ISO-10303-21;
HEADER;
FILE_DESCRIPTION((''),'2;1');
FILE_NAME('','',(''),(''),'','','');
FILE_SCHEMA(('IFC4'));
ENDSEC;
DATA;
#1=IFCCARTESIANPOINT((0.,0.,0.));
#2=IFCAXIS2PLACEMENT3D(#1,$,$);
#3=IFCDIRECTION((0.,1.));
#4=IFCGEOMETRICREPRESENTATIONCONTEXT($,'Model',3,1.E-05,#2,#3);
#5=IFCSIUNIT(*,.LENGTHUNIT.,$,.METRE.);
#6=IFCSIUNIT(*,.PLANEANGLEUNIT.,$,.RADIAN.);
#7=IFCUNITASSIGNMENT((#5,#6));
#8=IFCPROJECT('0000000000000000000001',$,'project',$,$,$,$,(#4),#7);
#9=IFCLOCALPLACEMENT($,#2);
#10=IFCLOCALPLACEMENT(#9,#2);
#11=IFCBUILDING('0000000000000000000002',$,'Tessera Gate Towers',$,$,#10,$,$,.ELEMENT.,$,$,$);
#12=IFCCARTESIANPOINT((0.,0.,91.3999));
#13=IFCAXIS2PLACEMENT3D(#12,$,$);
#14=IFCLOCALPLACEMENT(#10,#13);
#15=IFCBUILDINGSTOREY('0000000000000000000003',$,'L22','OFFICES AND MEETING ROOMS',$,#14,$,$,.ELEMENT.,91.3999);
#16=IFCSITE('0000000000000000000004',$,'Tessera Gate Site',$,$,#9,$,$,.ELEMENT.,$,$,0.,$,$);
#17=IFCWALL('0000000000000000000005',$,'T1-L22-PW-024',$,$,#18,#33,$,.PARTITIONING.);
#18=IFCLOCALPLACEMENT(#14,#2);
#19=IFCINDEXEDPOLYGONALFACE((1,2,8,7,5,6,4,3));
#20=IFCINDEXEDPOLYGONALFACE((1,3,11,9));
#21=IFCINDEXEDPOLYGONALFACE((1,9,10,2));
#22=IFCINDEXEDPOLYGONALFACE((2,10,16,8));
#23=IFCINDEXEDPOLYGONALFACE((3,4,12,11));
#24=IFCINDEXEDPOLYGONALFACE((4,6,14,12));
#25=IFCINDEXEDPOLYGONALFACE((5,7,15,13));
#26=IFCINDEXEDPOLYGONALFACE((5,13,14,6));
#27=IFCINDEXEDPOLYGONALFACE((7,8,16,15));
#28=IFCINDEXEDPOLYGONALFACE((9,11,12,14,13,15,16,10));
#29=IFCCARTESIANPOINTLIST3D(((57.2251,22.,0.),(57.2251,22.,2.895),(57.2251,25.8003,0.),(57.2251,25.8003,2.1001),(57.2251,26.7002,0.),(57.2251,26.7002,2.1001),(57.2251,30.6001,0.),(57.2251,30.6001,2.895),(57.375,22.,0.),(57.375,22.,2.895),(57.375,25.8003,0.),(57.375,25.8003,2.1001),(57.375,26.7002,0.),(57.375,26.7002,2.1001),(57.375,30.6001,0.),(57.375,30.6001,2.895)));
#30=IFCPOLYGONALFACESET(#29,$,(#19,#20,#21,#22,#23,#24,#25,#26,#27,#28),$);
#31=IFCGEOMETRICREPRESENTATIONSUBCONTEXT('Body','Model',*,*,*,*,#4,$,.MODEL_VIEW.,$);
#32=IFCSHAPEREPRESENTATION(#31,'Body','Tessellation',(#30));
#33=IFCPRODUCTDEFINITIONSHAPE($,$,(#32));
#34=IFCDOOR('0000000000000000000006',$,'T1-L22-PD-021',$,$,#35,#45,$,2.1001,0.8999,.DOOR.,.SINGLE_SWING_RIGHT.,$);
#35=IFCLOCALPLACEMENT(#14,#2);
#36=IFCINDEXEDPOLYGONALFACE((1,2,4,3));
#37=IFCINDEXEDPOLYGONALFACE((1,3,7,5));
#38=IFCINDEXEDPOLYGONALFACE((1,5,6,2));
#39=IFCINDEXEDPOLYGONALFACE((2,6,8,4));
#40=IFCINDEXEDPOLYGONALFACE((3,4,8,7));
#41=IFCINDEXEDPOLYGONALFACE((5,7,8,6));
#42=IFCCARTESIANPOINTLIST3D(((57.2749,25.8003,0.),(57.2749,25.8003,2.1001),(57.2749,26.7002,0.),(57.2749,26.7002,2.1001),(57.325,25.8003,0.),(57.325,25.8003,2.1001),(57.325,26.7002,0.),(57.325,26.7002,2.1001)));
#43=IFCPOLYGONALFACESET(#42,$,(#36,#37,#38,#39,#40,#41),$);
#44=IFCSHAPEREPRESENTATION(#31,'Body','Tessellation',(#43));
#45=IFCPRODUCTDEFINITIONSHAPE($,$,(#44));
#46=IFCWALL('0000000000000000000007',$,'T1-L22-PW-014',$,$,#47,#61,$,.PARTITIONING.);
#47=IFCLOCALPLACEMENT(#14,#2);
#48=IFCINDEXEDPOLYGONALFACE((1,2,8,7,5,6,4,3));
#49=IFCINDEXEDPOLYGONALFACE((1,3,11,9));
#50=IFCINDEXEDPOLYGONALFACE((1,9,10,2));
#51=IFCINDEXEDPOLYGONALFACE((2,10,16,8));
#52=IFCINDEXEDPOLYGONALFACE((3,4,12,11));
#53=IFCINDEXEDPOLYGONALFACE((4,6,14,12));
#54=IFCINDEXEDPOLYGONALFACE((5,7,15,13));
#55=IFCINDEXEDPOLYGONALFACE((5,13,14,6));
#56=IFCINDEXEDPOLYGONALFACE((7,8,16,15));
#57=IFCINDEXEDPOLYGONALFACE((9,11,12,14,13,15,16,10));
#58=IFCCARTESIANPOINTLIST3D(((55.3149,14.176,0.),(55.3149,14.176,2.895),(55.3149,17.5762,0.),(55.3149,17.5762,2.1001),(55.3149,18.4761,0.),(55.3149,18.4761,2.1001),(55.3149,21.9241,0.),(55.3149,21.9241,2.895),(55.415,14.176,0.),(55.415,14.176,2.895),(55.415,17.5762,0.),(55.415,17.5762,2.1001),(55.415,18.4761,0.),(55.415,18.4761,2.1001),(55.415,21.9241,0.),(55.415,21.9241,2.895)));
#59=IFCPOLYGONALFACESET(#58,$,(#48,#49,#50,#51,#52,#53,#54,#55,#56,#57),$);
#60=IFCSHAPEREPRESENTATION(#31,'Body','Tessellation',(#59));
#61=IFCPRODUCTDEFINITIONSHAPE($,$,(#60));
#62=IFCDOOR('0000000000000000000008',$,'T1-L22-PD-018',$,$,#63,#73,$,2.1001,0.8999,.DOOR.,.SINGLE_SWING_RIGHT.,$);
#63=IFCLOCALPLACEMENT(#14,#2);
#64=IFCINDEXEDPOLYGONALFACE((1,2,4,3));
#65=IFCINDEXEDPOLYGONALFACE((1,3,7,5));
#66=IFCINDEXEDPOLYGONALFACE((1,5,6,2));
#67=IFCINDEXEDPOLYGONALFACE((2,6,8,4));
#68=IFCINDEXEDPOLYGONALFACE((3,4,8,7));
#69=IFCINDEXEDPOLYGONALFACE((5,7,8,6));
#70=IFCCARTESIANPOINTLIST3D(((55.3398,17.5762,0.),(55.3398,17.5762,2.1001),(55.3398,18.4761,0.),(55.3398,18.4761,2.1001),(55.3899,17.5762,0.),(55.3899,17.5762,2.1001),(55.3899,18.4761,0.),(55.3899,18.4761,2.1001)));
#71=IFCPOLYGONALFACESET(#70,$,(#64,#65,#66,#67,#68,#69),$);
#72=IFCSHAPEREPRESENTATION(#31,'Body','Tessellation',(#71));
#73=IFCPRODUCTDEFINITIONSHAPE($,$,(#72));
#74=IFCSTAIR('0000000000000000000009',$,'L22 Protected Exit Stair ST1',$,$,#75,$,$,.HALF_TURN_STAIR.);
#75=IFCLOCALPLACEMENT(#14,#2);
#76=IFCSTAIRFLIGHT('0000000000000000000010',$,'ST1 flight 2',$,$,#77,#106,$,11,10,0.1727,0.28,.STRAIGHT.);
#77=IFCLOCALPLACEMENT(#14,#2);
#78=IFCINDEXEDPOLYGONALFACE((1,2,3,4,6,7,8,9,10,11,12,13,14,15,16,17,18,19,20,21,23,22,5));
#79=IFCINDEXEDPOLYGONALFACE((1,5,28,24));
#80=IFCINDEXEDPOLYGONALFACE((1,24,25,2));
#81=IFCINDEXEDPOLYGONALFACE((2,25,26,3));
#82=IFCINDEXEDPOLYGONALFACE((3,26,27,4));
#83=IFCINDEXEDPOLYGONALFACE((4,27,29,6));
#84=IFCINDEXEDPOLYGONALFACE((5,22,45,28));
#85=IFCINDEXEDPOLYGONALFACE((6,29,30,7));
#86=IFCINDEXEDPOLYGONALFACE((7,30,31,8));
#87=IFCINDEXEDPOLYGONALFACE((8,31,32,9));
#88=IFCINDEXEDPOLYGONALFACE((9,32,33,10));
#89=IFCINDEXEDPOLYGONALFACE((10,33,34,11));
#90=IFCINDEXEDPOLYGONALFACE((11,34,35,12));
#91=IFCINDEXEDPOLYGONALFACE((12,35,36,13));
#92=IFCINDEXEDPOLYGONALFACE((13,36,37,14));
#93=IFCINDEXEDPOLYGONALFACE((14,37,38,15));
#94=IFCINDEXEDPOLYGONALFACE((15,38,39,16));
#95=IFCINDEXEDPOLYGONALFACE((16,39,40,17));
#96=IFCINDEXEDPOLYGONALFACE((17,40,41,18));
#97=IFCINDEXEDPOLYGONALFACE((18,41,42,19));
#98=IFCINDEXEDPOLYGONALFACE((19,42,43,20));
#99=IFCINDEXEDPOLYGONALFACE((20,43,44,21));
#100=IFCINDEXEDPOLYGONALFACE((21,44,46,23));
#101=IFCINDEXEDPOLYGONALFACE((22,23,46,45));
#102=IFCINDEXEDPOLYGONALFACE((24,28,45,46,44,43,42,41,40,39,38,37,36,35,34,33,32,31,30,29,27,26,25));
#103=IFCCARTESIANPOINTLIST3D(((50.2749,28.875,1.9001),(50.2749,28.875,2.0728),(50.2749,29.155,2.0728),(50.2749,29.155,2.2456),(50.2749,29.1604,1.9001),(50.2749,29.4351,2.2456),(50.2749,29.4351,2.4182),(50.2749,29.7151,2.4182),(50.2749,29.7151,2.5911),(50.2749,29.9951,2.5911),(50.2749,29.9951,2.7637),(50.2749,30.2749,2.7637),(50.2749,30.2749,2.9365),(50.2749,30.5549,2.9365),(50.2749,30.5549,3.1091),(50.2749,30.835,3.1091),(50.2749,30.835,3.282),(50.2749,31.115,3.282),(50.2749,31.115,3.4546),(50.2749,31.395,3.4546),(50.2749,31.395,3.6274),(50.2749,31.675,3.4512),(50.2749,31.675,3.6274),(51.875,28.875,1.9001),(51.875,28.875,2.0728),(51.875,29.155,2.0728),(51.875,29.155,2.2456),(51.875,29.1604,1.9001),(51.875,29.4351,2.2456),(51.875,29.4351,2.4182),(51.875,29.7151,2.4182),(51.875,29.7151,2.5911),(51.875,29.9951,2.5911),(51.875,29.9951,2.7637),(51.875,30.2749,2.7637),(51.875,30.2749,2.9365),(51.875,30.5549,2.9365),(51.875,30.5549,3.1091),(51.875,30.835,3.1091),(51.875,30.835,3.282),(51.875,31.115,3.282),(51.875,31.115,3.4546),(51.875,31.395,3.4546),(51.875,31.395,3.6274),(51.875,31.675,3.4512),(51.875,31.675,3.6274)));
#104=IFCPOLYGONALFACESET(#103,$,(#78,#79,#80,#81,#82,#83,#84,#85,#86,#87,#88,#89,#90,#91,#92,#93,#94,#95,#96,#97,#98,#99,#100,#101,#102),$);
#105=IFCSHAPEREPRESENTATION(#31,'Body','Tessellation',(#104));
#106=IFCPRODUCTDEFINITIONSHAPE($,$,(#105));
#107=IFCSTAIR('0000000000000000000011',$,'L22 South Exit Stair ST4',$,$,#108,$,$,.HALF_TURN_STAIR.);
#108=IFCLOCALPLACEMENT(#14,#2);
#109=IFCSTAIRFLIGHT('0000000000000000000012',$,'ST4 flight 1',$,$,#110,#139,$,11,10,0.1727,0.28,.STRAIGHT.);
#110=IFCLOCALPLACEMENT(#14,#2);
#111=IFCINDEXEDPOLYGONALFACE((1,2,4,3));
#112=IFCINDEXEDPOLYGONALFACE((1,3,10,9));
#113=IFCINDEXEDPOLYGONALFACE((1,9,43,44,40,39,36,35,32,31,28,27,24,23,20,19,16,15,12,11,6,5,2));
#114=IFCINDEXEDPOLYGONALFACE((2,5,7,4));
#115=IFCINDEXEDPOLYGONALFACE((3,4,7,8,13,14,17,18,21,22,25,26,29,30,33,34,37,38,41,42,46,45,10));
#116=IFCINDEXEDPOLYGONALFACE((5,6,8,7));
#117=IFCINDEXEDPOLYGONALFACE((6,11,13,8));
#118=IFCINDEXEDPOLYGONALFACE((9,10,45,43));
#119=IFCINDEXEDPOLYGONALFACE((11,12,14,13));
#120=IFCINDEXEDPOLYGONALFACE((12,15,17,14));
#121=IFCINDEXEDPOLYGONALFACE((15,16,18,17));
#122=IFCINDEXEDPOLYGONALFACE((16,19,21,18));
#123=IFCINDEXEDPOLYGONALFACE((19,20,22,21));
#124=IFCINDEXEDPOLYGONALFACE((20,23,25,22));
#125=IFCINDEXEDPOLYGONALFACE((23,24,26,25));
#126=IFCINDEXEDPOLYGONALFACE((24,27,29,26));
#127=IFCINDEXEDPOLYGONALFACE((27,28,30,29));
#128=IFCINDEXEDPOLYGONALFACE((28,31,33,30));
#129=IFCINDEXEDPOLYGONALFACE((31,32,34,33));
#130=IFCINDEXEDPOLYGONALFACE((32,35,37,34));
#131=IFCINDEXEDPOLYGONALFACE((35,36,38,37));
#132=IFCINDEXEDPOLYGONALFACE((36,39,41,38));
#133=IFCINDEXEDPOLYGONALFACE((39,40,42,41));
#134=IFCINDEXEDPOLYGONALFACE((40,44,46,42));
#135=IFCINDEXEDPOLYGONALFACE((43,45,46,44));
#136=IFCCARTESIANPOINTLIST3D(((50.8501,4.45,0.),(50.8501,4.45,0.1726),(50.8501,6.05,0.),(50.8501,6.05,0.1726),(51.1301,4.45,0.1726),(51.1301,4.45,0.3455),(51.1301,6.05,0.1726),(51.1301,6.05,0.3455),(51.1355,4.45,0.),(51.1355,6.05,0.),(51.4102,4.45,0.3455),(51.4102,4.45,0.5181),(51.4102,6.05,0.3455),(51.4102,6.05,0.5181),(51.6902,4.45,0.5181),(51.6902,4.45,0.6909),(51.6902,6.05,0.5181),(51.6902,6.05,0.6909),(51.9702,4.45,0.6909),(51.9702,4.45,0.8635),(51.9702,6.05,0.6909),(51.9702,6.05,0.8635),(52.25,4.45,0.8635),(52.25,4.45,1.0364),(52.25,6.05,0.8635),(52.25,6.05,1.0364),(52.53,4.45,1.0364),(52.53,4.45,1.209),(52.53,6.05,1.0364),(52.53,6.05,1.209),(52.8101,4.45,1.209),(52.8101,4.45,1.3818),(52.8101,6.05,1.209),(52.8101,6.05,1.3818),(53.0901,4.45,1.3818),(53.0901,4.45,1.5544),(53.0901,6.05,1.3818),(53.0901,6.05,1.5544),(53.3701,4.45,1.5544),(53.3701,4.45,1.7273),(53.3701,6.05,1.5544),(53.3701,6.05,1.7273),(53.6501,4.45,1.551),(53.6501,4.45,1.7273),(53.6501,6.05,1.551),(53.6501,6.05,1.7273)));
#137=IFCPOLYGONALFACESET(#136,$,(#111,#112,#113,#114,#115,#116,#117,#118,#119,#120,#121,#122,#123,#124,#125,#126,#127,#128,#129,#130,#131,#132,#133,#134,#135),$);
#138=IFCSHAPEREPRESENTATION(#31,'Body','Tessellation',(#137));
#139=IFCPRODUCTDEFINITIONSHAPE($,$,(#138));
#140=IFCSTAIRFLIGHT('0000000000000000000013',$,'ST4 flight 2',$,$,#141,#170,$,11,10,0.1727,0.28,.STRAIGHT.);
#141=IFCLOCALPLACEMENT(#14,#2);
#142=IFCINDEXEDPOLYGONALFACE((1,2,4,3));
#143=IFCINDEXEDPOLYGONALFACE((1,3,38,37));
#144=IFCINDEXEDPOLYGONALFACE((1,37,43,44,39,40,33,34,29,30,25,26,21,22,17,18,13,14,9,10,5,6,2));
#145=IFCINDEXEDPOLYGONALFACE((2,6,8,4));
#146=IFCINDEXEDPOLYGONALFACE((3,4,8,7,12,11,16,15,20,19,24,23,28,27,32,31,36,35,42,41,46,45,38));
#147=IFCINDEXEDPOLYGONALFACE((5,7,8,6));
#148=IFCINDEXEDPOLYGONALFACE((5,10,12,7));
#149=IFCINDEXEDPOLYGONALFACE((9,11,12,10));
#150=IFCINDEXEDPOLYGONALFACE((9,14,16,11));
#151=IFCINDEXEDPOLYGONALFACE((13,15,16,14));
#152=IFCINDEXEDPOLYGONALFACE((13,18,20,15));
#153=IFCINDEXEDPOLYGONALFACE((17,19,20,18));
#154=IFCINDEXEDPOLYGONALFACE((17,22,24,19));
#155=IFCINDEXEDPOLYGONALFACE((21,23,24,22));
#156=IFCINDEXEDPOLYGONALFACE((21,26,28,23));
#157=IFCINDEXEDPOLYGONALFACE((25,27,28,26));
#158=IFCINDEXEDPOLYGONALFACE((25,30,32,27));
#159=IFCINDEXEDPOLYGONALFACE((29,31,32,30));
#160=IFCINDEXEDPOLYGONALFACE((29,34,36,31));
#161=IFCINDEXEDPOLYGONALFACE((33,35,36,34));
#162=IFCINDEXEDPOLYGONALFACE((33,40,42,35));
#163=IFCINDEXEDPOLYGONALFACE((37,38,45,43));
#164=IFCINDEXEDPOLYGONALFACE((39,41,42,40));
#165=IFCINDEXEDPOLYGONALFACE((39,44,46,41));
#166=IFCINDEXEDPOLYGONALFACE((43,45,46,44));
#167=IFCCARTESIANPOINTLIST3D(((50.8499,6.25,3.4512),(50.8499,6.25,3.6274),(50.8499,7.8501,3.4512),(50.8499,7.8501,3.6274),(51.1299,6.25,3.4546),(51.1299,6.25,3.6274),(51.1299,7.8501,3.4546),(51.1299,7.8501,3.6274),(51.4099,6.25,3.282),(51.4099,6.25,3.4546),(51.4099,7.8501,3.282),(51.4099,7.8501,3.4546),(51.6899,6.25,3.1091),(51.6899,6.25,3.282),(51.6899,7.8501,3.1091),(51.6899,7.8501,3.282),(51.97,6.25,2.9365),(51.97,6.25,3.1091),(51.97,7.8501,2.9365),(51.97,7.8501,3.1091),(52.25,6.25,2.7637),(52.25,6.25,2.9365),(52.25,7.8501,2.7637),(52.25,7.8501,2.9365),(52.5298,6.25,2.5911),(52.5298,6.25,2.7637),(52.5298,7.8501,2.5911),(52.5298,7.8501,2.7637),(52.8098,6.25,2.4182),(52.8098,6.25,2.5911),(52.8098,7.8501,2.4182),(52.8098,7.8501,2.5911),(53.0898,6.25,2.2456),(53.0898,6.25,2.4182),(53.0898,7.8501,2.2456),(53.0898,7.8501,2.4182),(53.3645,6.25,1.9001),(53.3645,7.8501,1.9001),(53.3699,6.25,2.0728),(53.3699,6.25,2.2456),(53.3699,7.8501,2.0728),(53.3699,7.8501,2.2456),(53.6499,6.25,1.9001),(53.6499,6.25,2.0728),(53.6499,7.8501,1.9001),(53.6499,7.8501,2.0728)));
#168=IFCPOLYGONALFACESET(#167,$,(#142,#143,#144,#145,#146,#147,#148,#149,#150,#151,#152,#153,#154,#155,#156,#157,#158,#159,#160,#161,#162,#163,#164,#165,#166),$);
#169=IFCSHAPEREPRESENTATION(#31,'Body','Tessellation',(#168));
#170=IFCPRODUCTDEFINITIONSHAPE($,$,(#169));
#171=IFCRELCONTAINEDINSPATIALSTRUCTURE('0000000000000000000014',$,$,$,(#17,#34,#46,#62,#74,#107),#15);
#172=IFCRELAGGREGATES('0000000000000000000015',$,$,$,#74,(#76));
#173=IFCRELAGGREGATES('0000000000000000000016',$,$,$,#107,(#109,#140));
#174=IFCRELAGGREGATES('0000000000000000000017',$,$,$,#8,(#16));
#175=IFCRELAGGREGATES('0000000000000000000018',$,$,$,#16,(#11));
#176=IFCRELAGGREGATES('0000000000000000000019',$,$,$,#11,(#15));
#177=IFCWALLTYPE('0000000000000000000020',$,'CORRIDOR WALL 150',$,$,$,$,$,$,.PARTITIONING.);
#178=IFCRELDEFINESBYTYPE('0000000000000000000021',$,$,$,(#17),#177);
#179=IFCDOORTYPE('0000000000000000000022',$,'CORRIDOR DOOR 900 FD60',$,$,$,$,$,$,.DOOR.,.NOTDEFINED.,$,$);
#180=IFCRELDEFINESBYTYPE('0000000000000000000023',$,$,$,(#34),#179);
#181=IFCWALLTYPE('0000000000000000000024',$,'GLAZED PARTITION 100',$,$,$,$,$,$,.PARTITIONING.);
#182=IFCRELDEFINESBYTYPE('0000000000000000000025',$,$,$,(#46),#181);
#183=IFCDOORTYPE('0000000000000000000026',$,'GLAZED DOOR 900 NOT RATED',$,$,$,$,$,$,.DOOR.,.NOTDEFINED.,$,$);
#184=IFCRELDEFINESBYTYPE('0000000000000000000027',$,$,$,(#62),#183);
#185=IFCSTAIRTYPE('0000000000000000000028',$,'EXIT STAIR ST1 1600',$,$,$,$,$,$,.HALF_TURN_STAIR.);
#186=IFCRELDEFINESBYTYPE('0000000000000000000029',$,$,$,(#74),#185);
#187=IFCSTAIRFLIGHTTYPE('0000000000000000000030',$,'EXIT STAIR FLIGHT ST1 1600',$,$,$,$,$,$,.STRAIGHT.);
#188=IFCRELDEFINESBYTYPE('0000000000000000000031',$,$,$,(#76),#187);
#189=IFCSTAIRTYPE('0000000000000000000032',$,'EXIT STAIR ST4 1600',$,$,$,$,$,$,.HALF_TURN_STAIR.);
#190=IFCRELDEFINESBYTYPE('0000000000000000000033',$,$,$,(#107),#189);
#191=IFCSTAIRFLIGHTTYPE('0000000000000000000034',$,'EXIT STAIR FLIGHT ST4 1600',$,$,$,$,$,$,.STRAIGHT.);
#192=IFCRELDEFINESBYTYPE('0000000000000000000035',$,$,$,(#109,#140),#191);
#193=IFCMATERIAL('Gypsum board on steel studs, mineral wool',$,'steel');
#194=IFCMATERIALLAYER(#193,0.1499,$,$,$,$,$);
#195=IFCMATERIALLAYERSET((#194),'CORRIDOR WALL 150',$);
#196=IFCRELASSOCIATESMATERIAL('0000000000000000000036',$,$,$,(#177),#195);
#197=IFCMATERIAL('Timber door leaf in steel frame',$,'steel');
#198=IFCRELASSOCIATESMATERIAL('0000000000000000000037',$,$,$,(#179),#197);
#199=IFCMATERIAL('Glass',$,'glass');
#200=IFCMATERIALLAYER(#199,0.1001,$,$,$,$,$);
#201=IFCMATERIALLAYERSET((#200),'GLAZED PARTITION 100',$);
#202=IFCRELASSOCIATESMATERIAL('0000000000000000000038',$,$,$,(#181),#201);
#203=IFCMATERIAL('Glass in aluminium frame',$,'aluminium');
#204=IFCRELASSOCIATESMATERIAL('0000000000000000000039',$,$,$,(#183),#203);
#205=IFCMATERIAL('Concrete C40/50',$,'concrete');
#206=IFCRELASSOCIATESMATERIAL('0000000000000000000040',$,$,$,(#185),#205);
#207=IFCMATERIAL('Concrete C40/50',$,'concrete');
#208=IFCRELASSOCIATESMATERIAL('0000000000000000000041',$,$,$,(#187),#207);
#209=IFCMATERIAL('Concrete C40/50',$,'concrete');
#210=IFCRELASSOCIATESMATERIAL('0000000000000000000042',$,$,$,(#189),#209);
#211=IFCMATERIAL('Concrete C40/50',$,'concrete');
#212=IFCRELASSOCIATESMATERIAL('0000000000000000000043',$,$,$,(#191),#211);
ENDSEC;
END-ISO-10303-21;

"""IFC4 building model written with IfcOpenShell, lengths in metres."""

from ifc_helpers import new_model, si_unit, direction, frame, frame_2d, origin, place, context, subcontext, project, spatial, polyline, rectangle, outline, extrude, source, transform, mapped, material, layer, layer_set, type_object, element, fill, aggregate, save


model = new_model("IFC4")

# Units and contexts
model_context = context("Model", 3, precision=1e-05, world=origin(), true_north=direction((0.0, 1.0)))
body_context = subcontext(model_context, "Body", "Model", "MODEL_VIEW")
ifc_project = project(units=[si_unit("LENGTHUNIT", "METRE"), si_unit("PLANEANGLEUNIT", "RADIAN")], contexts=[model_context])

# Site, building, storey
site_placement = place(None, origin())
site = spatial("IfcSite", under=ifc_project, at=site_placement, Name="Tessera Gate Site", CompositionType="ELEMENT", RefElevation=0.0)
building_placement = place(site_placement, origin())
building = spatial("IfcBuilding", under=site, at=building_placement, Name="Tessera Gate Towers", CompositionType="ELEMENT")
storey_placement = place(building_placement, frame((0.0, 0.0, 91.3999)))
storey = spatial("IfcBuildingStorey", under=building, at=storey_placement, Name="L22", Description="OFFICES AND MEETING ROOMS", CompositionType="ELEMENT", Elevation=91.3999)

# Walls, openings, doors
ifc_material_1 = material(Name="Gypsum board on steel studs, mineral wool", Category="steel")
ifc_layer_1 = layer(ifc_material_1, 0.1499)
ifc_layer_set_1 = layer_set([ifc_layer_1], Name="CORRIDOR WALL 150")
wall_type_1 = type_object("IfcWallType", Name="CORRIDOR WALL 150", PredefinedType="PARTITIONING", material=ifc_layer_set_1)
wall_1_placement = place(storey_placement, frame((57.3, 30.6001, 0.0), z_axis=(0.0, 0.0, 1.0), x_axis=(0.0, -1.0, 0.0)))
wall_1 = element("IfcWall", 1, at=wall_1_placement, inside=storey, type_object=wall_type_1, Name="T1-L22-PW-024", PredefinedType="PARTITIONING", context=body_context, shape_type="SweptSolid", body=[
    extrude(rectangle(XDim=8.6001, YDim=0.1499, at=frame_2d((4.3, 0.0))), origin(), (0.0, 0.0, 1.0), 2.895),
])
shared_shape_1 = source(origin(), body_context, "Body", "SweptSolid", [
    extrude(rectangle(XDim=0.8999, YDim=2.1001, at=frame_2d((0.45, 1.05))), frame((0.0, 0.085, 0.0), z_axis=(0.0, -1.0, 0.0), x_axis=(1.0, 0.0, 0.0)), (0.0, 0.0, 1.0), 0.1699),
])
opening_1_placement = place(wall_1_placement, frame((3.8999, 0.0, 0.0)))
opening_1 = element("IfcOpeningElement", 2, at=opening_1_placement, cuts=wall_1, PredefinedType="OPENING", context=body_context, shape_type="MappedRepresentation", body=[
    mapped(shared_shape_1, transform((0.0, 0.0, 0.0), scale=1.0)),
])
ifc_material_2 = material(Name="Timber door leaf in steel frame", Category="steel")
door_type_1 = type_object("IfcDoorType", Name="CORRIDOR DOOR 900 FD60", OperationType="NOTDEFINED", PredefinedType="DOOR", material=ifc_material_2)
shared_shape_2 = source(origin(), body_context, "Body", "SweptSolid", [
    extrude(rectangle(XDim=0.8999, YDim=2.1001, at=frame_2d((0.45, 1.05))), frame((0.0, 0.0249, 0.0), z_axis=(0.0, -1.0, 0.0), x_axis=(1.0, 0.0, 0.0)), (0.0, 0.0, 1.0), 0.05),
])
door_1_placement = place(opening_1_placement, origin())
door_1 = element("IfcDoor", 3, at=door_1_placement, inside=storey, type_object=door_type_1, Name="T1-L22-PD-021", OperationType="SINGLE_SWING_RIGHT", OverallHeight=2.1001, OverallWidth=0.8999, PredefinedType="DOOR", context=body_context, shape_type="MappedRepresentation", body=[
    mapped(shared_shape_2, transform((0.0, 0.0, 0.0), scale=1.0)),
])
fill(opening_1, door_1)
ifc_material_3 = material(Name="Glass", Category="glass")
ifc_layer_2 = layer(ifc_material_3, 0.1001)
ifc_layer_set_2 = layer_set([ifc_layer_2], Name="GLAZED PARTITION 100")
wall_type_2 = type_object("IfcWallType", Name="GLAZED PARTITION 100", PredefinedType="PARTITIONING", material=ifc_layer_set_2)
wall_2_placement = place(storey_placement, frame((55.365, 21.9241, 0.0), z_axis=(0.0, 0.0, 1.0), x_axis=(0.0, -1.0, 0.0)))
wall_2 = element("IfcWall", 4, at=wall_2_placement, inside=storey, type_object=wall_type_2, Name="T1-L22-PW-014", PredefinedType="PARTITIONING", context=body_context, shape_type="SweptSolid", body=[
    extrude(rectangle(XDim=7.748, YDim=0.1001, at=frame_2d((3.874, 0.0))), origin(), (0.0, 0.0, 1.0), 2.895),
])
shared_shape_3 = source(origin(), body_context, "Body", "SweptSolid", [
    extrude(rectangle(XDim=0.8999, YDim=2.1001, at=frame_2d((0.45, 1.05))), frame((0.0, 0.0601, 0.0), z_axis=(0.0, -1.0, 0.0), x_axis=(1.0, 0.0, 0.0)), (0.0, 0.0, 1.0), 0.1201),
])
opening_2_placement = place(wall_2_placement, frame((3.448, 0.0, 0.0)))
opening_2 = element("IfcOpeningElement", 5, at=opening_2_placement, cuts=wall_2, PredefinedType="OPENING", context=body_context, shape_type="MappedRepresentation", body=[
    mapped(shared_shape_3, transform((0.0, 0.0, 0.0), scale=1.0)),
])
ifc_material_4 = material(Name="Glass in aluminium frame", Category="aluminium")
door_type_2 = type_object("IfcDoorType", Name="GLAZED DOOR 900 NOT RATED", OperationType="NOTDEFINED", PredefinedType="DOOR", material=ifc_material_4)
door_2_placement = place(opening_2_placement, origin())
door_2 = element("IfcDoor", 6, at=door_2_placement, inside=storey, type_object=door_type_2, Name="T1-L22-PD-018", OperationType="SINGLE_SWING_RIGHT", OverallHeight=2.1001, OverallWidth=0.8999, PredefinedType="DOOR", context=body_context, shape_type="MappedRepresentation", body=[
    mapped(shared_shape_2, transform((0.0, 0.0, 0.0), scale=1.0)),
])
fill(opening_2, door_2)

# Stair, stair flight
ifc_material_5 = material(Name="Concrete C40/50", Category="concrete")
stair_type_1 = type_object("IfcStairType", Name="EXIT STAIR ST1 1600", PredefinedType="HALF_TURN_STAIR", material=ifc_material_5)
stair_1_placement = place(storey_placement, origin())
stair_1 = element("IfcStair", 7, at=stair_1_placement, inside=storey, type_object=stair_type_1, Name="L22 Protected Exit Stair ST1", PredefinedType="HALF_TURN_STAIR")
ifc_material_6 = material(Name="Concrete C40/50", Category="concrete")
stair_flight_type_1 = type_object("IfcStairFlightType", Name="EXIT STAIR FLIGHT ST1 1600", PredefinedType="STRAIGHT", material=ifc_material_6)
stair_flight_1_placement = place(storey_placement, frame((51.075, 28.875, 1.9001), z_axis=(0.0, 0.0, 1.0), x_axis=(0.0, 1.0, 0.0)))
stair_flight_1 = element("IfcStairFlight", 8, at=stair_flight_1_placement, type_object=stair_flight_type_1, Name="ST1 flight 2", NumberOfRisers=11, NumberOfTreads=10, PredefinedType="STRAIGHT", RiserHeight=0.1727, TreadLength=0.28, context=body_context, shape_type="SweptSolid", body=[
    extrude(outline(polyline([(0.0, 0.0), (0.0, 0.1726), (0.28, 0.1726), (0.28, 0.3455), (0.5601, 0.3455), (0.5601, 0.5181), (0.8401, 0.5181), (0.8401, 0.6909), (1.1201, 0.6909), (1.1201, 0.8635), (1.3999, 0.8635), (1.3999, 1.0364), (1.6799, 1.0364), (1.6799, 1.209), (1.96, 1.209), (1.96, 1.3818), (2.24, 1.3818), (2.24, 1.5544), (2.52, 1.5544), (2.52, 1.7273), (2.8, 1.7273), (2.8, 1.8999), (2.8, 1.551), (0.2854, 0.0), (0.0, 0.0)])), frame((0.0, 0.8, 0.0), z_axis=(0.0, -1.0, 0.0), x_axis=(1.0, 0.0, 0.0)), (0.0, 0.0, 1.0), 1.6001),
])
aggregate(stair_1, [stair_flight_1])

# Stair, stair flights
ifc_material_7 = material(Name="Concrete C40/50", Category="concrete")
stair_type_2 = type_object("IfcStairType", Name="EXIT STAIR ST4 1600", PredefinedType="HALF_TURN_STAIR", material=ifc_material_7)
stair_2_placement = place(storey_placement, origin())
stair_2 = element("IfcStair", 9, at=stair_2_placement, inside=storey, type_object=stair_type_2, Name="L22 South Exit Stair ST4", PredefinedType="HALF_TURN_STAIR")
ifc_material_8 = material(Name="Concrete C40/50", Category="concrete")
stair_flight_type_2 = type_object("IfcStairFlightType", Name="EXIT STAIR FLIGHT ST4 1600", PredefinedType="STRAIGHT", material=ifc_material_8)
stair_flight_2_placement = place(storey_placement, frame((50.8501, 5.25, 0.0), z_axis=(0.0, 0.0, 1.0), x_axis=(1.0, 0.0, 0.0)))
stair_flight_2 = element("IfcStairFlight", 10, at=stair_flight_2_placement, type_object=stair_flight_type_2, Name="ST4 flight 1", NumberOfRisers=11, NumberOfTreads=10, PredefinedType="STRAIGHT", RiserHeight=0.1727, TreadLength=0.28, context=body_context, shape_type="SweptSolid", body=[
    extrude(outline(polyline([(0.0, 0.0), (0.0, 0.1726), (0.28, 0.1726), (0.28, 0.3455), (0.5601, 0.3455), (0.5601, 0.5181), (0.8401, 0.5181), (0.8401, 0.6909), (1.1201, 0.6909), (1.1201, 0.8635), (1.3999, 0.8635), (1.3999, 1.0364), (1.6799, 1.0364), (1.6799, 1.209), (1.96, 1.209), (1.96, 1.3818), (2.24, 1.3818), (2.24, 1.5544), (2.52, 1.5544), (2.52, 1.7273), (2.8, 1.7273), (2.8, 1.8999), (2.8, 1.551), (0.2854, 0.0), (0.0, 0.0)])), frame((0.0, 0.8, 0.0), z_axis=(0.0, -1.0, 0.0), x_axis=(1.0, 0.0, 0.0)), (0.0, 0.0, 1.0), 1.6001),
])
stair_flight_3_placement = place(storey_placement, frame((53.6499, 7.05, 1.9001), z_axis=(0.0, 0.0, 1.0), x_axis=(-1.0, 0.0, 0.0)))
stair_flight_3 = element("IfcStairFlight", 11, at=stair_flight_3_placement, type_object=stair_flight_type_2, Name="ST4 flight 2", NumberOfRisers=11, NumberOfTreads=10, PredefinedType="STRAIGHT", RiserHeight=0.1727, TreadLength=0.28, context=body_context, shape_type="SweptSolid", body=[
    extrude(outline(polyline([(0.0, 0.0), (0.0, 0.1726), (0.28, 0.1726), (0.28, 0.3455), (0.5601, 0.3455), (0.5601, 0.5181), (0.8401, 0.5181), (0.8401, 0.6909), (1.1201, 0.6909), (1.1201, 0.8635), (1.3999, 0.8635), (1.3999, 1.0364), (1.6799, 1.0364), (1.6799, 1.209), (1.96, 1.209), (1.96, 1.3818), (2.24, 1.3818), (2.24, 1.5544), (2.52, 1.5544), (2.52, 1.7273), (2.8, 1.7273), (2.8, 1.8999), (2.8, 1.551), (0.2854, 0.0), (0.0, 0.0)])), frame((0.0, 0.8, 0.0), z_axis=(0.0, -1.0, 0.0), x_axis=(1.0, 0.0, 0.0)), (0.0, 0.0, 1.0), 1.6001),
])
aggregate(stair_2, [stair_flight_2, stair_flight_3])

save(model, "model.ifc")
